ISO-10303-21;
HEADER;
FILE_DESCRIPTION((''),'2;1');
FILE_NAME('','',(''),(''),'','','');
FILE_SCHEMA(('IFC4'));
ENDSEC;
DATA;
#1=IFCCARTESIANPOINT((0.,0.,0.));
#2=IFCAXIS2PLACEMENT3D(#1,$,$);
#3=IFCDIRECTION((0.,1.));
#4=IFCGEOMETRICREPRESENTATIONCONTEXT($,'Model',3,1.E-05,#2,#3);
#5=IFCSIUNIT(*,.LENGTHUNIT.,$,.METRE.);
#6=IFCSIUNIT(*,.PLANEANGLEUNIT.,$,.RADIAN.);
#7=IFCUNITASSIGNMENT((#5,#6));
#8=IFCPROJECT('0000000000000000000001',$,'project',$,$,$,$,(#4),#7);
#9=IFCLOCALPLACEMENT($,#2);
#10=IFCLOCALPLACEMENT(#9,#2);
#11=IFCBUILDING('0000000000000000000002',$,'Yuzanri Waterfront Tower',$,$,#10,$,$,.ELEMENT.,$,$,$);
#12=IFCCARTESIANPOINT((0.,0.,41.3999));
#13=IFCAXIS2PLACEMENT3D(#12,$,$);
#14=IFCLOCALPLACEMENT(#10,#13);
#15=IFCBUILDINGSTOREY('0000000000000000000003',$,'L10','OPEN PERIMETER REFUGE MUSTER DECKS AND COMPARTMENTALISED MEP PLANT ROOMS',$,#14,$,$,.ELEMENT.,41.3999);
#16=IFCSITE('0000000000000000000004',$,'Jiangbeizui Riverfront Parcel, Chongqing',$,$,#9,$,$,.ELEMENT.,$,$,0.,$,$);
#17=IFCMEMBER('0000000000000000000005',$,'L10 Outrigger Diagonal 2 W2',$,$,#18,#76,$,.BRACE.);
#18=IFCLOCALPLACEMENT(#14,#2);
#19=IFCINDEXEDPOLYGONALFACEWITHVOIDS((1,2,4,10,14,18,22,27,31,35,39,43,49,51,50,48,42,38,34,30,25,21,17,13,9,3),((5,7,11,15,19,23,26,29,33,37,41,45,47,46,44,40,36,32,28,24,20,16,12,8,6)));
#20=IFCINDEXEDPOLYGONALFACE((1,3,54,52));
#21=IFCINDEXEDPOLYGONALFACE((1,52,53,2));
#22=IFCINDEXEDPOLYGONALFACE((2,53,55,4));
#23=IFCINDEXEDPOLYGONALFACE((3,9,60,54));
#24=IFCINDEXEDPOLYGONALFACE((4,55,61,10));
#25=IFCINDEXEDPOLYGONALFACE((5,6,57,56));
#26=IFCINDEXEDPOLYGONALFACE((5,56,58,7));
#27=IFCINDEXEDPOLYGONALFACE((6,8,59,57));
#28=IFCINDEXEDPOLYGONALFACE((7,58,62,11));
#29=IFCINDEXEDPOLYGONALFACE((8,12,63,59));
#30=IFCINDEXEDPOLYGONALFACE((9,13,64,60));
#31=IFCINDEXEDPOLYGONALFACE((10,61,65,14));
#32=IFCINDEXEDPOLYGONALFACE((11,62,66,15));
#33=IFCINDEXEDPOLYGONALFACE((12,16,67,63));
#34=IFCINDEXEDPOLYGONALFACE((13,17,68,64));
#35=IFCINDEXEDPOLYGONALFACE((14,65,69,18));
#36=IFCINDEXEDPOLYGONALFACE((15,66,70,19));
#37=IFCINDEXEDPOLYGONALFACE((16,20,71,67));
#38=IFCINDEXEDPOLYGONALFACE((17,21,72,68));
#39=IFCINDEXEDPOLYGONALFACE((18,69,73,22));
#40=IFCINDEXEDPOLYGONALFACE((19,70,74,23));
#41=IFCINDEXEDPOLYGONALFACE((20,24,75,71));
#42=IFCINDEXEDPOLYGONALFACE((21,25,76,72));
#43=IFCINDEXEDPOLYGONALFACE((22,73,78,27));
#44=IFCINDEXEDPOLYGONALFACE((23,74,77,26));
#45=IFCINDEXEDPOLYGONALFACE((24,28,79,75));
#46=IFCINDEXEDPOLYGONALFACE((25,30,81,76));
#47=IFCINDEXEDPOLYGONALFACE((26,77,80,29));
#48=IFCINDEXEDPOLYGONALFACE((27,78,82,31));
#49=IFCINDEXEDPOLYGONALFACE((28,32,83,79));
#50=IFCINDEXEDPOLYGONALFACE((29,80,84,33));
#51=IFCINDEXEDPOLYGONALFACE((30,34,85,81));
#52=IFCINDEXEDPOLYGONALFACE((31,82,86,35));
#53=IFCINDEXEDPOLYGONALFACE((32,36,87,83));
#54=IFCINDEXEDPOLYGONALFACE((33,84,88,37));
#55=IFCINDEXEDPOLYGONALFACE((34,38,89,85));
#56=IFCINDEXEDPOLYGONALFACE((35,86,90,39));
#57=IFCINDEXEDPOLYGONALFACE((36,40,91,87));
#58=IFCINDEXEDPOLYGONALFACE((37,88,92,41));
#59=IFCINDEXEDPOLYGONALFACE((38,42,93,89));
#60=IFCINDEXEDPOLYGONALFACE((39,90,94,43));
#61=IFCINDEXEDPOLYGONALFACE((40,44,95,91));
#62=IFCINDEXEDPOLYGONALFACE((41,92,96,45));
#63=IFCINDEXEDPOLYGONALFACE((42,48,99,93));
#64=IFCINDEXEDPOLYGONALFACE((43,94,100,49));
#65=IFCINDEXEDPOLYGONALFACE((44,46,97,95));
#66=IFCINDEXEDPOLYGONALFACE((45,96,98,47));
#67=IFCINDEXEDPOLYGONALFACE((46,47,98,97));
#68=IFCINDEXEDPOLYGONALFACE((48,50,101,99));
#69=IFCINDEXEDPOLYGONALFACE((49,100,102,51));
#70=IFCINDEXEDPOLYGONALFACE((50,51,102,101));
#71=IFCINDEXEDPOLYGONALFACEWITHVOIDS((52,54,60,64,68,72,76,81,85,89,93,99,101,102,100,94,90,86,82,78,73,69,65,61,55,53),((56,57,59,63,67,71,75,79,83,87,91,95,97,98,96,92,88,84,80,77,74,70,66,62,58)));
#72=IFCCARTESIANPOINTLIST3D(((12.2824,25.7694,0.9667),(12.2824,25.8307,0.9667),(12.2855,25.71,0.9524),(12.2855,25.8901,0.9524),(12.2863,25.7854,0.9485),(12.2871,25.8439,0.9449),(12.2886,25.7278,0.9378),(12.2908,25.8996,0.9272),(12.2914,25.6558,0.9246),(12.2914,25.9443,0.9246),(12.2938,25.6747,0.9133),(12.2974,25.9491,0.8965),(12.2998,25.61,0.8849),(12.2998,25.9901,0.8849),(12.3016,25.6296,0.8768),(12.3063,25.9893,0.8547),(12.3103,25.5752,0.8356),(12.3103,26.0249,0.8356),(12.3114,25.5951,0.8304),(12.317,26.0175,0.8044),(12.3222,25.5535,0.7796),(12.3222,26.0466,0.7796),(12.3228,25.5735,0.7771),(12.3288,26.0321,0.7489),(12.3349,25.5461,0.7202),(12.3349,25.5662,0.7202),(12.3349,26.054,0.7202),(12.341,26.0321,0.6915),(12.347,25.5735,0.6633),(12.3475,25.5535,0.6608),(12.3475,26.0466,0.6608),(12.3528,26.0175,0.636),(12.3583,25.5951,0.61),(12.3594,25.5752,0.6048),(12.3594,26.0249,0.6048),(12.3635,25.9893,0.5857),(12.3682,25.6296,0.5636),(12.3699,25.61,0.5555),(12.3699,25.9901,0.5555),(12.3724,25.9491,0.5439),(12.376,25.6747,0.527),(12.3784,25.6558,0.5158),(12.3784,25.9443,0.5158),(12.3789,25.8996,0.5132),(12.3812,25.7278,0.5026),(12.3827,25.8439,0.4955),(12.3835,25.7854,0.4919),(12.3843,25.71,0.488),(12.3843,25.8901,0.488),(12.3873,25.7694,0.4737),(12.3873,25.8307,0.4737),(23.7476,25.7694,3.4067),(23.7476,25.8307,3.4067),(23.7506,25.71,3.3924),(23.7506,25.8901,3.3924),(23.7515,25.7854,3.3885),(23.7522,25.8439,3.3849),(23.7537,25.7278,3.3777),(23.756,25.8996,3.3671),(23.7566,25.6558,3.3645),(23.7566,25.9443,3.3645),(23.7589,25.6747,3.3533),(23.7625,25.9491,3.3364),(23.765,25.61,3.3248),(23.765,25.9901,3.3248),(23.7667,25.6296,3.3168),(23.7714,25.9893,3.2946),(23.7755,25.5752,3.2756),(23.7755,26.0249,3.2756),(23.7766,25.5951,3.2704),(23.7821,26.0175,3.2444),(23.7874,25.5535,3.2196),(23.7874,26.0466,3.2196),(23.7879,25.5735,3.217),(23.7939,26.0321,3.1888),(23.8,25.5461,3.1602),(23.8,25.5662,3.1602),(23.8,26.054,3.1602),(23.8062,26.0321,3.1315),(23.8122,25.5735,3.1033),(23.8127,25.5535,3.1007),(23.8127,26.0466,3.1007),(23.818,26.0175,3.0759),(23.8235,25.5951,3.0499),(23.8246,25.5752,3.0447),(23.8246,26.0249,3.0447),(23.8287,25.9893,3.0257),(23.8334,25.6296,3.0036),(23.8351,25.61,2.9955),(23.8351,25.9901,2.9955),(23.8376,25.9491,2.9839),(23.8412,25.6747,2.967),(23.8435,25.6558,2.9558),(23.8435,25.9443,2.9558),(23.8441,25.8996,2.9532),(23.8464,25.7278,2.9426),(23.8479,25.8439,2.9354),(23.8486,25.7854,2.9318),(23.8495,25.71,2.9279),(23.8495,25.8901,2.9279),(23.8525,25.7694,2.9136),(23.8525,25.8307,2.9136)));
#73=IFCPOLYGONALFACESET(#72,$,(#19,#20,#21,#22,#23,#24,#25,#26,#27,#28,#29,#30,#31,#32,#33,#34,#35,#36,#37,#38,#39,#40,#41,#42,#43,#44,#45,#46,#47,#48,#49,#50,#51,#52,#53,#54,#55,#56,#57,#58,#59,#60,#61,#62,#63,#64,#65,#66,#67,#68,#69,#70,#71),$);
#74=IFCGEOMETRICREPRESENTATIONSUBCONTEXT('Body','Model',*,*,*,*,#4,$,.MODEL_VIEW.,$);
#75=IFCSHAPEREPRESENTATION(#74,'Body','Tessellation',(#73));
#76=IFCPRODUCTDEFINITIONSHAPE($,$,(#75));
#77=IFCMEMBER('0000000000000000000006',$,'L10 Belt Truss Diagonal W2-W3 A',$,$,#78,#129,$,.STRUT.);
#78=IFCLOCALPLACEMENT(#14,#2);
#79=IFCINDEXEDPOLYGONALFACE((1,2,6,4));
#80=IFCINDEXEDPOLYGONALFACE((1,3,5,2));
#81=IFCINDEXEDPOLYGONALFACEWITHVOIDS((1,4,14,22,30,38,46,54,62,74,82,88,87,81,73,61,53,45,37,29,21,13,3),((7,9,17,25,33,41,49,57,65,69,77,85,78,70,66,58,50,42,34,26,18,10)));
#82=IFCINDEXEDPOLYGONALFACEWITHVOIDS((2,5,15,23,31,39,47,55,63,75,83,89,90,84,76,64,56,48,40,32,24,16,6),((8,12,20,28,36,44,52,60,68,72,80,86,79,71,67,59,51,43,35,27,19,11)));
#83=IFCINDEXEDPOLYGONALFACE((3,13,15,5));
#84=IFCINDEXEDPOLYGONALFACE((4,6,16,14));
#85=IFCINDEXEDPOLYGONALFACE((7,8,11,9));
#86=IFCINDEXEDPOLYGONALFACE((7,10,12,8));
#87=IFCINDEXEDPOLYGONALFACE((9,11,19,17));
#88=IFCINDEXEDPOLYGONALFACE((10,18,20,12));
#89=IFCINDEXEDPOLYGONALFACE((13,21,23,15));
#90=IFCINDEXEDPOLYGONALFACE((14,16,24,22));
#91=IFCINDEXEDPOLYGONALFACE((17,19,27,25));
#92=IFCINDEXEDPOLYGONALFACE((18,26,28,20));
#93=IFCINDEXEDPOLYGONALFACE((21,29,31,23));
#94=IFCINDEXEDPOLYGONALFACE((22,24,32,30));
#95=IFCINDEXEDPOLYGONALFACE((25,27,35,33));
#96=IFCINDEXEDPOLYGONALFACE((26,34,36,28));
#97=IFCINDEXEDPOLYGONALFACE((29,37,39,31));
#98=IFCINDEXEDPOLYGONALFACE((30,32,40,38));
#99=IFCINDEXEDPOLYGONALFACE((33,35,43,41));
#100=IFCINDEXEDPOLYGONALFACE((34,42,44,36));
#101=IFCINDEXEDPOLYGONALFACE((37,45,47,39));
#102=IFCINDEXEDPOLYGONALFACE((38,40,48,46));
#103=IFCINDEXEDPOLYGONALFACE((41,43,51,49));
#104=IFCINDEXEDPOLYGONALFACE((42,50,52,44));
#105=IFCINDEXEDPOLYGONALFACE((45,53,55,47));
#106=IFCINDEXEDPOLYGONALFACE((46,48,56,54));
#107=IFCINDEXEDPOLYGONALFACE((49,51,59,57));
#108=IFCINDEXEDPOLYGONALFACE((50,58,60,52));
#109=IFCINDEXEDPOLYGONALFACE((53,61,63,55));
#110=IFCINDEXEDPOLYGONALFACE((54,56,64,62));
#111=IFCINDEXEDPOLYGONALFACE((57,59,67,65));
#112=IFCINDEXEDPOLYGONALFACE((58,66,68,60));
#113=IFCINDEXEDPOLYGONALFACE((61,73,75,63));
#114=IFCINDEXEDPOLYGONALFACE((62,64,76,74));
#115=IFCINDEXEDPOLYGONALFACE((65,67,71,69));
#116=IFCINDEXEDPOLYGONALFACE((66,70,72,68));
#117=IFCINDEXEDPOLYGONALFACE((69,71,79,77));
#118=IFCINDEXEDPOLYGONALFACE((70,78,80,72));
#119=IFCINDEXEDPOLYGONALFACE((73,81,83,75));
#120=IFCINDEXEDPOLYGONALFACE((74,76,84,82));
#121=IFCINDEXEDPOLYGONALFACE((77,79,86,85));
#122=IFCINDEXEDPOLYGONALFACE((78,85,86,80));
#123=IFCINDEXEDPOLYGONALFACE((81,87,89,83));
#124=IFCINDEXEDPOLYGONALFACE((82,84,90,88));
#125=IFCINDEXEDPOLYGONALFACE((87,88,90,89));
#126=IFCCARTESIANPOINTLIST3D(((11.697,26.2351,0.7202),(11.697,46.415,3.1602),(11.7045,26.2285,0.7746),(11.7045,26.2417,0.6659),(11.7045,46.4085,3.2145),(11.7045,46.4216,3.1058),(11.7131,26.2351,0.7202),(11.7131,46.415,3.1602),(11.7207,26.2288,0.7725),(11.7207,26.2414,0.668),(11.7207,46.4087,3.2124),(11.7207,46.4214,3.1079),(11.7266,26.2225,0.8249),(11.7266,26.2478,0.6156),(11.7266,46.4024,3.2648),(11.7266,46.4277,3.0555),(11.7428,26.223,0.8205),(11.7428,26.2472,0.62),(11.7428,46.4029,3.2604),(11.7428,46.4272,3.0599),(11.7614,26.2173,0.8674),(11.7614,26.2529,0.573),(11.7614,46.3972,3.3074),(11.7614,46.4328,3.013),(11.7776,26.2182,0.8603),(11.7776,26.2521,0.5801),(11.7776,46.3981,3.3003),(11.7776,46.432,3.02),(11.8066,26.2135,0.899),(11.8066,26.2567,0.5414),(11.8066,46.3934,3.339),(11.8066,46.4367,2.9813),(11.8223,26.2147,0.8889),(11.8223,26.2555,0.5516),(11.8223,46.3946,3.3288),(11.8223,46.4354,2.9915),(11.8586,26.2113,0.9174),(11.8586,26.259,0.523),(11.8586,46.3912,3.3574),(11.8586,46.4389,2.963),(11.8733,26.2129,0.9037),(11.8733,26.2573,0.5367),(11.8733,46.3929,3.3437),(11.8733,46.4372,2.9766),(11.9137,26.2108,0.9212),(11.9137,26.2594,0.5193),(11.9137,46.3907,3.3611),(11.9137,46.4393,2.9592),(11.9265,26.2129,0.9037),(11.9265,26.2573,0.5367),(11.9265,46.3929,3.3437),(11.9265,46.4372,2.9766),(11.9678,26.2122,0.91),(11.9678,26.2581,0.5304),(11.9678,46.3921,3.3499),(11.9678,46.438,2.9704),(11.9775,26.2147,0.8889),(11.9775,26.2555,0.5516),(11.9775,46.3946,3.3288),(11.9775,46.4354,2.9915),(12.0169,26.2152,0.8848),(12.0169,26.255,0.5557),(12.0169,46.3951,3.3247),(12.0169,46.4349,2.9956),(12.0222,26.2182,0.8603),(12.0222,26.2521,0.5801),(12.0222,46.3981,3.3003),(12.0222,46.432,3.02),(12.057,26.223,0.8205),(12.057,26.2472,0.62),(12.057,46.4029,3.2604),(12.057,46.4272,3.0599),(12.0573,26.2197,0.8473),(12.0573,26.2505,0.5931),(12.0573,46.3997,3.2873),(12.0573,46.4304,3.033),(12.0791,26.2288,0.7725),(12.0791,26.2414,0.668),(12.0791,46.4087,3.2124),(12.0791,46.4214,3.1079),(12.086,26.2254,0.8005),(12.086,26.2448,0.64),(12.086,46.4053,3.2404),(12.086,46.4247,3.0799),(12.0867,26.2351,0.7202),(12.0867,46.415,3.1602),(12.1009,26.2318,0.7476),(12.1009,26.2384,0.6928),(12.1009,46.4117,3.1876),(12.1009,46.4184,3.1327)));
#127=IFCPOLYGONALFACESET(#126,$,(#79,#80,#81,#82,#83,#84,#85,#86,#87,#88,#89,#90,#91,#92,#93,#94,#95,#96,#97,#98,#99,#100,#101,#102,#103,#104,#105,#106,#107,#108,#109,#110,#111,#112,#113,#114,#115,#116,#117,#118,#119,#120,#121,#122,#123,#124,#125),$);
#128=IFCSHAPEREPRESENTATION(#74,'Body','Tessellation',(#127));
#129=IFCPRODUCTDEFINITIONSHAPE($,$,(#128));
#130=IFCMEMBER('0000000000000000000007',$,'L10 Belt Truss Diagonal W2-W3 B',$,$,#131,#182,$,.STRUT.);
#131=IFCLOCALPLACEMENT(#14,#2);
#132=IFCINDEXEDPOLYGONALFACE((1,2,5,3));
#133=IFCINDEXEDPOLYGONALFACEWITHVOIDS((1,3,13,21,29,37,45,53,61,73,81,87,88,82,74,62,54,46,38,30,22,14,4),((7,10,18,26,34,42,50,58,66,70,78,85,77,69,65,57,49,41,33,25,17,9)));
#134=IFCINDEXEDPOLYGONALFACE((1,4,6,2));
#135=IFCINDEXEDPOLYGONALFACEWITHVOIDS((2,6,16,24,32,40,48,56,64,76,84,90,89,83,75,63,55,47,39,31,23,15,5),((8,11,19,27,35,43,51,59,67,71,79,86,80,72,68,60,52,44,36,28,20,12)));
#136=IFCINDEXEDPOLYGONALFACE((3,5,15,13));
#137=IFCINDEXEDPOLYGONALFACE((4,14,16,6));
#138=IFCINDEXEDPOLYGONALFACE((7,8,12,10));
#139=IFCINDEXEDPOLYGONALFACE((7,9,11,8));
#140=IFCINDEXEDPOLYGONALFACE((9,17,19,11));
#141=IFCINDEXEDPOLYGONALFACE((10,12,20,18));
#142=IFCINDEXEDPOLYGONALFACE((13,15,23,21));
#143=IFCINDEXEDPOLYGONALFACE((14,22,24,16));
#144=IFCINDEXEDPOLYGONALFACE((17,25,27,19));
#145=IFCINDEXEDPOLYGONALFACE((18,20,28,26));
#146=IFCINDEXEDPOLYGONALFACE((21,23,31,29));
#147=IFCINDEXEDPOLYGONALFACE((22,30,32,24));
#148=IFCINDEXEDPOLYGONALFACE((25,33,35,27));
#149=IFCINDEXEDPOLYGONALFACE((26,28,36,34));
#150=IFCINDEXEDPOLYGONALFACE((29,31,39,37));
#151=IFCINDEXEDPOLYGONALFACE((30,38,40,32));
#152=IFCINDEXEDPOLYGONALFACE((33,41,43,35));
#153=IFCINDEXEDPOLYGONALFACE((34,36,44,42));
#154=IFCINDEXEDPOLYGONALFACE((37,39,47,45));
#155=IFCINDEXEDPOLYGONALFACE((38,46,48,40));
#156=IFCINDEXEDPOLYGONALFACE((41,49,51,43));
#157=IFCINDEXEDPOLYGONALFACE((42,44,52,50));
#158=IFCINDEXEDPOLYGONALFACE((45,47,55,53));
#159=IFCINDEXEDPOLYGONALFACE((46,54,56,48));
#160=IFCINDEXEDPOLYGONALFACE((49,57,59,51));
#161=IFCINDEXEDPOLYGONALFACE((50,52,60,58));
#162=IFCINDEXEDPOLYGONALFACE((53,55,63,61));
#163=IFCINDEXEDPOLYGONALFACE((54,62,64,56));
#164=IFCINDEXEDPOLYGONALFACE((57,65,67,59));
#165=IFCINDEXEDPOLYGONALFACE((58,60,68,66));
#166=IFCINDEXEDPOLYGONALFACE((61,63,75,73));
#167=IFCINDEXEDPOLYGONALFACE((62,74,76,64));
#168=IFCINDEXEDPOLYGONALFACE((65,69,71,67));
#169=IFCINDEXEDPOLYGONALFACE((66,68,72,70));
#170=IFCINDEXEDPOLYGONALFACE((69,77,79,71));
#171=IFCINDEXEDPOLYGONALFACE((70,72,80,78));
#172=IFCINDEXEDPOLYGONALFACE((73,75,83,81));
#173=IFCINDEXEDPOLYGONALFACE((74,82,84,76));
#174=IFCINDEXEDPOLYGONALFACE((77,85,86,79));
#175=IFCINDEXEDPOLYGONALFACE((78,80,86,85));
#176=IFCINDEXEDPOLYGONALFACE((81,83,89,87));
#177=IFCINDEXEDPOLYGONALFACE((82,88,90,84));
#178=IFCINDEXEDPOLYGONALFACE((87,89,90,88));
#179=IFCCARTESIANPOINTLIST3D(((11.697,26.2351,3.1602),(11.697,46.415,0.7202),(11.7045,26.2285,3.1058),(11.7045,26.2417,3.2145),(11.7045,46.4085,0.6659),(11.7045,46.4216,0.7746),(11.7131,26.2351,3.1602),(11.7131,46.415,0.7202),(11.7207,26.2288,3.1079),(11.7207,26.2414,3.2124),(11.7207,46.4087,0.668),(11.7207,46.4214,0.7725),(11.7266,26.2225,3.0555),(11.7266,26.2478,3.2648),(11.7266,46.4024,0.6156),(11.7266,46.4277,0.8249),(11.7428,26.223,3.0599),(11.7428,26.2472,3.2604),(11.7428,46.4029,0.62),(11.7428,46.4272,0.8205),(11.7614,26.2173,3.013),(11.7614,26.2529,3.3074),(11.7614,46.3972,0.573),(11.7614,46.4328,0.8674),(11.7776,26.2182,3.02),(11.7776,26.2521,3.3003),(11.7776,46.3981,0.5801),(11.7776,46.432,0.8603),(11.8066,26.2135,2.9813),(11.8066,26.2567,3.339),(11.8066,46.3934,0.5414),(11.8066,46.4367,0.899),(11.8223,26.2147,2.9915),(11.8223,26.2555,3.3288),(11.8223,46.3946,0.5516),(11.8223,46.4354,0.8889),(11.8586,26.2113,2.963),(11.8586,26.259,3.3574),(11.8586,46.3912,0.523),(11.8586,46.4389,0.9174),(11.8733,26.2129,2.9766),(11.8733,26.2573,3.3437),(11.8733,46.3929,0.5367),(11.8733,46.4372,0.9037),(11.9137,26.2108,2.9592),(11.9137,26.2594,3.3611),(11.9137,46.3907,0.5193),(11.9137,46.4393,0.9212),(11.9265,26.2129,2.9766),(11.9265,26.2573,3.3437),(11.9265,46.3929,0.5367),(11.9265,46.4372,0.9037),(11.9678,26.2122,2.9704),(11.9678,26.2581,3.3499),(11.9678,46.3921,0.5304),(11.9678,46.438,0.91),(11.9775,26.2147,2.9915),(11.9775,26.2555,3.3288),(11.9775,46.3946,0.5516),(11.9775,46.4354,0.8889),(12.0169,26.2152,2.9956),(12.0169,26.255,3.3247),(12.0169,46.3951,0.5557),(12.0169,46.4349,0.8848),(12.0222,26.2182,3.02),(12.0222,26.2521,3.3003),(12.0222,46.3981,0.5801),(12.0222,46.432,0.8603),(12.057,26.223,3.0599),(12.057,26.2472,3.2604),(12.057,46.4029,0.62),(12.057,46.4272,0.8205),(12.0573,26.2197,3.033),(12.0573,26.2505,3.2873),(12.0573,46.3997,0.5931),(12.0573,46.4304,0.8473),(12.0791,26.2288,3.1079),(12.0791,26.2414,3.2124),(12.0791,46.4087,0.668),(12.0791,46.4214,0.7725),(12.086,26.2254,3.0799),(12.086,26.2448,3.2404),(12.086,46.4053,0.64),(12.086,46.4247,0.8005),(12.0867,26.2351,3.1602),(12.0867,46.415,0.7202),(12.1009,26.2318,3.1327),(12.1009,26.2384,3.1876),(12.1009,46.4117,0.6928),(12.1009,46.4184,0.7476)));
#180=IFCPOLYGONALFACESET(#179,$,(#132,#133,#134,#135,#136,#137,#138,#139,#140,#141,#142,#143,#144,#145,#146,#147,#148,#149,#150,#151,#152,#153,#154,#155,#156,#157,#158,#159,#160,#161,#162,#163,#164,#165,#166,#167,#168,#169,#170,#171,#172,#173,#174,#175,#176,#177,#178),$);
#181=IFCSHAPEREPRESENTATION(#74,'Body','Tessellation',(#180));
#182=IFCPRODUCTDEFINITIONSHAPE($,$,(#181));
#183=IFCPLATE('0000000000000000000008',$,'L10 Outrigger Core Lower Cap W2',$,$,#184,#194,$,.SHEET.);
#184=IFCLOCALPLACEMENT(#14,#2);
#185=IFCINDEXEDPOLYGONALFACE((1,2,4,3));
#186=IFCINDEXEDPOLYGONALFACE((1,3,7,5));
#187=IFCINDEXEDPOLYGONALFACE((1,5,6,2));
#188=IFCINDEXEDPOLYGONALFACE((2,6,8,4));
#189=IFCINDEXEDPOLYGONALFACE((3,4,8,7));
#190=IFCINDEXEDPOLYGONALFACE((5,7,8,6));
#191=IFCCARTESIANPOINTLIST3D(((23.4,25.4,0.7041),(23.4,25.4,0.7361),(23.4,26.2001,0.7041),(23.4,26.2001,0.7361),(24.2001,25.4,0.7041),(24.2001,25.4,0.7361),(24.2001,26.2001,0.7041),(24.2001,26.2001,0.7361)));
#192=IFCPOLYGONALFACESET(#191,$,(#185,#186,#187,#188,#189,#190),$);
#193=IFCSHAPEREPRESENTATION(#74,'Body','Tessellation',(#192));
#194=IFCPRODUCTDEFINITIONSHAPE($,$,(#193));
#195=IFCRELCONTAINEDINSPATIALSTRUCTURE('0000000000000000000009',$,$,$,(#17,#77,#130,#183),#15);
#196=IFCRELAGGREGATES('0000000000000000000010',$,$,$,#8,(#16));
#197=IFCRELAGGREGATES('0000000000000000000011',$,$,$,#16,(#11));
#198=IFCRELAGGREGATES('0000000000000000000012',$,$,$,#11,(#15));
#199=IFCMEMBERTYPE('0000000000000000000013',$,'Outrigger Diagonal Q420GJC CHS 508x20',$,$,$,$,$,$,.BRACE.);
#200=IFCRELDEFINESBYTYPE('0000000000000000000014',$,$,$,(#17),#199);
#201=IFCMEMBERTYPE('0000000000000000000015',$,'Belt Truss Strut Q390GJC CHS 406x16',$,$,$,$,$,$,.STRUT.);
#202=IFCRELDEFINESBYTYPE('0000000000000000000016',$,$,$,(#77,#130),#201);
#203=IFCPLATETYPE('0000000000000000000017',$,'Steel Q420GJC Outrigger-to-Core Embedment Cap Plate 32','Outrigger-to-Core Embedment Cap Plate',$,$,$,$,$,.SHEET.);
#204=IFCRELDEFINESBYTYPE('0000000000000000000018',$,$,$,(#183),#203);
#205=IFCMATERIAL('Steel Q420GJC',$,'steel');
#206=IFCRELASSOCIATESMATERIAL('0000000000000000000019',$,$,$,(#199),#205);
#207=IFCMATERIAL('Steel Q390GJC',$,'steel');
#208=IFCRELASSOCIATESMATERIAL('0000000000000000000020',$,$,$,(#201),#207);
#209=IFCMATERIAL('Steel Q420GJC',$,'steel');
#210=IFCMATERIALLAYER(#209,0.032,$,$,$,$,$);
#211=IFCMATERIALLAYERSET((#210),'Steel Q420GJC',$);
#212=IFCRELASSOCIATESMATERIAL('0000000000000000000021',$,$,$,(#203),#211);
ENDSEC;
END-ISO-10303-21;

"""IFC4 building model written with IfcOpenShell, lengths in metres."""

from ifc_helpers import new_model, si_unit, direction, frame, origin, origin_2d, place, context, subcontext, project, spatial, rectangle, hollow_circle, extrude, source, transform, mapped, material, layer, layer_set, material_profile, profile_set, type_object, element, save


model = new_model("IFC4")

# Units and contexts
model_context = context("Model", 3, precision=1e-05, world=origin(), true_north=direction((0.0, 1.0)))
body_context = subcontext(model_context, "Body", "Model", "MODEL_VIEW")
ifc_project = project(units=[si_unit("LENGTHUNIT", "METRE"), si_unit("PLANEANGLEUNIT", "RADIAN")], contexts=[model_context])

# Site, building, storey
site_placement = place(None, origin())
site = spatial("IfcSite", under=ifc_project, at=site_placement, Name="Jiangbeizui Riverfront Parcel, Chongqing", CompositionType="ELEMENT", RefElevation=0.0)
building_placement = place(site_placement, origin())
building = spatial("IfcBuilding", under=site, at=building_placement, Name="Yuzanri Waterfront Tower", CompositionType="ELEMENT")
storey_placement = place(building_placement, frame((0.0, 0.0, 41.3999)))
storey = spatial("IfcBuildingStorey", under=building, at=storey_placement, Name="L10", Description="OPEN PERIMETER REFUGE MUSTER DECKS AND COMPARTMENTALISED MEP PLANT ROOMS", CompositionType="ELEMENT", Elevation=41.3999)

# Members
ifc_material_1 = material(Name="Steel Q420GJC", Category="steel")
ifc_material_profile_1 = material_profile(ifc_material_1, hollow_circle(Radius=0.2539, WallThickness=0.02, at=origin_2d()), Name="CHS 508x20")
ifc_profile_set_1 = profile_set([ifc_material_profile_1], Name="Steel Q420GJC")
member_type_1 = type_object("IfcMemberType", Name="Outrigger Diagonal Q420GJC CHS 508x20", PredefinedType="BRACE", material=ifc_profile_set_1)
shared_shape_1 = source(origin(), body_context, "Body", "SweptSolid", [
    extrude(hollow_circle(Radius=0.2539, WallThickness=0.02, at=origin_2d()), origin(), (0.0, 0.0, 1.0), 11.7219),
])
for number, where, z_axis, x_axis, name in (
    (1, (23.8, 25.8, 3.1602), (-0.978096, 0.0, -0.208153), (0.0, -1.0, 0.0), "L10 Outrigger Diagonal 2 W2"),
):
    element("IfcMember", number, at=place(storey_placement, frame(where, z_axis=z_axis, x_axis=x_axis)), inside=storey, type_object=member_type_1, Name=name, PredefinedType="BRACE", context=body_context, shape_type="MappedRepresentation", body=[
        mapped(shared_shape_1, transform((0.0, 0.0, 0.0), scale=1.0)),
    ])
ifc_material_2 = material(Name="Steel Q390GJC", Category="steel")
ifc_material_profile_2 = material_profile(ifc_material_2, hollow_circle(Radius=0.2029, WallThickness=0.0161, at=origin_2d()), Name="CHS 406x16")
ifc_profile_set_2 = profile_set([ifc_material_profile_2], Name="Steel Q390GJC")
member_type_2 = type_object("IfcMemberType", Name="Belt Truss Strut Q390GJC CHS 406x16", PredefinedType="STRUT", material=ifc_profile_set_2)
shared_shape_2 = source(origin(), body_context, "Body", "SweptSolid", [
    extrude(hollow_circle(Radius=0.2029, WallThickness=0.0161, at=origin_2d()), origin(), (0.0, 0.0, 1.0), 20.3269),
])
for number, where, z_axis, x_axis, name in (
    (2, (11.8999, 26.2351, 0.7202), (0.0, 0.99277, 0.120035), (-1.0, 0.0, 0.0), "L10 Belt Truss Diagonal W2-W3 A"),
    (3, (11.8999, 26.2351, 3.1602), (0.0, 0.99277, -0.120035), (-1.0, 0.0, 0.0), "L10 Belt Truss Diagonal W2-W3 B"),
):
    element("IfcMember", number, at=place(storey_placement, frame(where, z_axis=z_axis, x_axis=x_axis)), inside=storey, type_object=member_type_2, Name=name, PredefinedType="STRUT", context=body_context, shape_type="MappedRepresentation", body=[
        mapped(shared_shape_2, transform((0.0, 0.0, 0.0), scale=1.0)),
    ])

# Plate
ifc_material_3 = material(Name="Steel Q420GJC", Category="steel")
ifc_layer_1 = layer(ifc_material_3, 0.032)
ifc_layer_set_1 = layer_set([ifc_layer_1], Name="Steel Q420GJC")
plate_type = type_object("IfcPlateType", Name="Steel Q420GJC Outrigger-to-Core Embedment Cap Plate 32", Description="Outrigger-to-Core Embedment Cap Plate", PredefinedType="SHEET", material=ifc_layer_set_1)
shared_shape_3 = source(origin(), body_context, "Body", "SweptSolid", [
    extrude(rectangle(XDim=0.8, YDim=0.8, at=origin_2d()), origin(), (0.0, 0.0, 1.0), 0.032),
])
for number, where, z_axis, x_axis, name in (
    (4, (23.8, 25.8, 0.7041), (0.0, 0.0, 1.0), (1.0, 0.0, 0.0), "L10 Outrigger Core Lower Cap W2"),
):
    element("IfcPlate", number, at=place(storey_placement, frame(where, z_axis=z_axis, x_axis=x_axis)), inside=storey, type_object=plate_type, Name=name, PredefinedType="SHEET", context=body_context, shape_type="MappedRepresentation", body=[
        mapped(shared_shape_3, transform((0.0, 0.0, 0.0), scale=1.0)),
    ])

save(model, "model.ifc")
